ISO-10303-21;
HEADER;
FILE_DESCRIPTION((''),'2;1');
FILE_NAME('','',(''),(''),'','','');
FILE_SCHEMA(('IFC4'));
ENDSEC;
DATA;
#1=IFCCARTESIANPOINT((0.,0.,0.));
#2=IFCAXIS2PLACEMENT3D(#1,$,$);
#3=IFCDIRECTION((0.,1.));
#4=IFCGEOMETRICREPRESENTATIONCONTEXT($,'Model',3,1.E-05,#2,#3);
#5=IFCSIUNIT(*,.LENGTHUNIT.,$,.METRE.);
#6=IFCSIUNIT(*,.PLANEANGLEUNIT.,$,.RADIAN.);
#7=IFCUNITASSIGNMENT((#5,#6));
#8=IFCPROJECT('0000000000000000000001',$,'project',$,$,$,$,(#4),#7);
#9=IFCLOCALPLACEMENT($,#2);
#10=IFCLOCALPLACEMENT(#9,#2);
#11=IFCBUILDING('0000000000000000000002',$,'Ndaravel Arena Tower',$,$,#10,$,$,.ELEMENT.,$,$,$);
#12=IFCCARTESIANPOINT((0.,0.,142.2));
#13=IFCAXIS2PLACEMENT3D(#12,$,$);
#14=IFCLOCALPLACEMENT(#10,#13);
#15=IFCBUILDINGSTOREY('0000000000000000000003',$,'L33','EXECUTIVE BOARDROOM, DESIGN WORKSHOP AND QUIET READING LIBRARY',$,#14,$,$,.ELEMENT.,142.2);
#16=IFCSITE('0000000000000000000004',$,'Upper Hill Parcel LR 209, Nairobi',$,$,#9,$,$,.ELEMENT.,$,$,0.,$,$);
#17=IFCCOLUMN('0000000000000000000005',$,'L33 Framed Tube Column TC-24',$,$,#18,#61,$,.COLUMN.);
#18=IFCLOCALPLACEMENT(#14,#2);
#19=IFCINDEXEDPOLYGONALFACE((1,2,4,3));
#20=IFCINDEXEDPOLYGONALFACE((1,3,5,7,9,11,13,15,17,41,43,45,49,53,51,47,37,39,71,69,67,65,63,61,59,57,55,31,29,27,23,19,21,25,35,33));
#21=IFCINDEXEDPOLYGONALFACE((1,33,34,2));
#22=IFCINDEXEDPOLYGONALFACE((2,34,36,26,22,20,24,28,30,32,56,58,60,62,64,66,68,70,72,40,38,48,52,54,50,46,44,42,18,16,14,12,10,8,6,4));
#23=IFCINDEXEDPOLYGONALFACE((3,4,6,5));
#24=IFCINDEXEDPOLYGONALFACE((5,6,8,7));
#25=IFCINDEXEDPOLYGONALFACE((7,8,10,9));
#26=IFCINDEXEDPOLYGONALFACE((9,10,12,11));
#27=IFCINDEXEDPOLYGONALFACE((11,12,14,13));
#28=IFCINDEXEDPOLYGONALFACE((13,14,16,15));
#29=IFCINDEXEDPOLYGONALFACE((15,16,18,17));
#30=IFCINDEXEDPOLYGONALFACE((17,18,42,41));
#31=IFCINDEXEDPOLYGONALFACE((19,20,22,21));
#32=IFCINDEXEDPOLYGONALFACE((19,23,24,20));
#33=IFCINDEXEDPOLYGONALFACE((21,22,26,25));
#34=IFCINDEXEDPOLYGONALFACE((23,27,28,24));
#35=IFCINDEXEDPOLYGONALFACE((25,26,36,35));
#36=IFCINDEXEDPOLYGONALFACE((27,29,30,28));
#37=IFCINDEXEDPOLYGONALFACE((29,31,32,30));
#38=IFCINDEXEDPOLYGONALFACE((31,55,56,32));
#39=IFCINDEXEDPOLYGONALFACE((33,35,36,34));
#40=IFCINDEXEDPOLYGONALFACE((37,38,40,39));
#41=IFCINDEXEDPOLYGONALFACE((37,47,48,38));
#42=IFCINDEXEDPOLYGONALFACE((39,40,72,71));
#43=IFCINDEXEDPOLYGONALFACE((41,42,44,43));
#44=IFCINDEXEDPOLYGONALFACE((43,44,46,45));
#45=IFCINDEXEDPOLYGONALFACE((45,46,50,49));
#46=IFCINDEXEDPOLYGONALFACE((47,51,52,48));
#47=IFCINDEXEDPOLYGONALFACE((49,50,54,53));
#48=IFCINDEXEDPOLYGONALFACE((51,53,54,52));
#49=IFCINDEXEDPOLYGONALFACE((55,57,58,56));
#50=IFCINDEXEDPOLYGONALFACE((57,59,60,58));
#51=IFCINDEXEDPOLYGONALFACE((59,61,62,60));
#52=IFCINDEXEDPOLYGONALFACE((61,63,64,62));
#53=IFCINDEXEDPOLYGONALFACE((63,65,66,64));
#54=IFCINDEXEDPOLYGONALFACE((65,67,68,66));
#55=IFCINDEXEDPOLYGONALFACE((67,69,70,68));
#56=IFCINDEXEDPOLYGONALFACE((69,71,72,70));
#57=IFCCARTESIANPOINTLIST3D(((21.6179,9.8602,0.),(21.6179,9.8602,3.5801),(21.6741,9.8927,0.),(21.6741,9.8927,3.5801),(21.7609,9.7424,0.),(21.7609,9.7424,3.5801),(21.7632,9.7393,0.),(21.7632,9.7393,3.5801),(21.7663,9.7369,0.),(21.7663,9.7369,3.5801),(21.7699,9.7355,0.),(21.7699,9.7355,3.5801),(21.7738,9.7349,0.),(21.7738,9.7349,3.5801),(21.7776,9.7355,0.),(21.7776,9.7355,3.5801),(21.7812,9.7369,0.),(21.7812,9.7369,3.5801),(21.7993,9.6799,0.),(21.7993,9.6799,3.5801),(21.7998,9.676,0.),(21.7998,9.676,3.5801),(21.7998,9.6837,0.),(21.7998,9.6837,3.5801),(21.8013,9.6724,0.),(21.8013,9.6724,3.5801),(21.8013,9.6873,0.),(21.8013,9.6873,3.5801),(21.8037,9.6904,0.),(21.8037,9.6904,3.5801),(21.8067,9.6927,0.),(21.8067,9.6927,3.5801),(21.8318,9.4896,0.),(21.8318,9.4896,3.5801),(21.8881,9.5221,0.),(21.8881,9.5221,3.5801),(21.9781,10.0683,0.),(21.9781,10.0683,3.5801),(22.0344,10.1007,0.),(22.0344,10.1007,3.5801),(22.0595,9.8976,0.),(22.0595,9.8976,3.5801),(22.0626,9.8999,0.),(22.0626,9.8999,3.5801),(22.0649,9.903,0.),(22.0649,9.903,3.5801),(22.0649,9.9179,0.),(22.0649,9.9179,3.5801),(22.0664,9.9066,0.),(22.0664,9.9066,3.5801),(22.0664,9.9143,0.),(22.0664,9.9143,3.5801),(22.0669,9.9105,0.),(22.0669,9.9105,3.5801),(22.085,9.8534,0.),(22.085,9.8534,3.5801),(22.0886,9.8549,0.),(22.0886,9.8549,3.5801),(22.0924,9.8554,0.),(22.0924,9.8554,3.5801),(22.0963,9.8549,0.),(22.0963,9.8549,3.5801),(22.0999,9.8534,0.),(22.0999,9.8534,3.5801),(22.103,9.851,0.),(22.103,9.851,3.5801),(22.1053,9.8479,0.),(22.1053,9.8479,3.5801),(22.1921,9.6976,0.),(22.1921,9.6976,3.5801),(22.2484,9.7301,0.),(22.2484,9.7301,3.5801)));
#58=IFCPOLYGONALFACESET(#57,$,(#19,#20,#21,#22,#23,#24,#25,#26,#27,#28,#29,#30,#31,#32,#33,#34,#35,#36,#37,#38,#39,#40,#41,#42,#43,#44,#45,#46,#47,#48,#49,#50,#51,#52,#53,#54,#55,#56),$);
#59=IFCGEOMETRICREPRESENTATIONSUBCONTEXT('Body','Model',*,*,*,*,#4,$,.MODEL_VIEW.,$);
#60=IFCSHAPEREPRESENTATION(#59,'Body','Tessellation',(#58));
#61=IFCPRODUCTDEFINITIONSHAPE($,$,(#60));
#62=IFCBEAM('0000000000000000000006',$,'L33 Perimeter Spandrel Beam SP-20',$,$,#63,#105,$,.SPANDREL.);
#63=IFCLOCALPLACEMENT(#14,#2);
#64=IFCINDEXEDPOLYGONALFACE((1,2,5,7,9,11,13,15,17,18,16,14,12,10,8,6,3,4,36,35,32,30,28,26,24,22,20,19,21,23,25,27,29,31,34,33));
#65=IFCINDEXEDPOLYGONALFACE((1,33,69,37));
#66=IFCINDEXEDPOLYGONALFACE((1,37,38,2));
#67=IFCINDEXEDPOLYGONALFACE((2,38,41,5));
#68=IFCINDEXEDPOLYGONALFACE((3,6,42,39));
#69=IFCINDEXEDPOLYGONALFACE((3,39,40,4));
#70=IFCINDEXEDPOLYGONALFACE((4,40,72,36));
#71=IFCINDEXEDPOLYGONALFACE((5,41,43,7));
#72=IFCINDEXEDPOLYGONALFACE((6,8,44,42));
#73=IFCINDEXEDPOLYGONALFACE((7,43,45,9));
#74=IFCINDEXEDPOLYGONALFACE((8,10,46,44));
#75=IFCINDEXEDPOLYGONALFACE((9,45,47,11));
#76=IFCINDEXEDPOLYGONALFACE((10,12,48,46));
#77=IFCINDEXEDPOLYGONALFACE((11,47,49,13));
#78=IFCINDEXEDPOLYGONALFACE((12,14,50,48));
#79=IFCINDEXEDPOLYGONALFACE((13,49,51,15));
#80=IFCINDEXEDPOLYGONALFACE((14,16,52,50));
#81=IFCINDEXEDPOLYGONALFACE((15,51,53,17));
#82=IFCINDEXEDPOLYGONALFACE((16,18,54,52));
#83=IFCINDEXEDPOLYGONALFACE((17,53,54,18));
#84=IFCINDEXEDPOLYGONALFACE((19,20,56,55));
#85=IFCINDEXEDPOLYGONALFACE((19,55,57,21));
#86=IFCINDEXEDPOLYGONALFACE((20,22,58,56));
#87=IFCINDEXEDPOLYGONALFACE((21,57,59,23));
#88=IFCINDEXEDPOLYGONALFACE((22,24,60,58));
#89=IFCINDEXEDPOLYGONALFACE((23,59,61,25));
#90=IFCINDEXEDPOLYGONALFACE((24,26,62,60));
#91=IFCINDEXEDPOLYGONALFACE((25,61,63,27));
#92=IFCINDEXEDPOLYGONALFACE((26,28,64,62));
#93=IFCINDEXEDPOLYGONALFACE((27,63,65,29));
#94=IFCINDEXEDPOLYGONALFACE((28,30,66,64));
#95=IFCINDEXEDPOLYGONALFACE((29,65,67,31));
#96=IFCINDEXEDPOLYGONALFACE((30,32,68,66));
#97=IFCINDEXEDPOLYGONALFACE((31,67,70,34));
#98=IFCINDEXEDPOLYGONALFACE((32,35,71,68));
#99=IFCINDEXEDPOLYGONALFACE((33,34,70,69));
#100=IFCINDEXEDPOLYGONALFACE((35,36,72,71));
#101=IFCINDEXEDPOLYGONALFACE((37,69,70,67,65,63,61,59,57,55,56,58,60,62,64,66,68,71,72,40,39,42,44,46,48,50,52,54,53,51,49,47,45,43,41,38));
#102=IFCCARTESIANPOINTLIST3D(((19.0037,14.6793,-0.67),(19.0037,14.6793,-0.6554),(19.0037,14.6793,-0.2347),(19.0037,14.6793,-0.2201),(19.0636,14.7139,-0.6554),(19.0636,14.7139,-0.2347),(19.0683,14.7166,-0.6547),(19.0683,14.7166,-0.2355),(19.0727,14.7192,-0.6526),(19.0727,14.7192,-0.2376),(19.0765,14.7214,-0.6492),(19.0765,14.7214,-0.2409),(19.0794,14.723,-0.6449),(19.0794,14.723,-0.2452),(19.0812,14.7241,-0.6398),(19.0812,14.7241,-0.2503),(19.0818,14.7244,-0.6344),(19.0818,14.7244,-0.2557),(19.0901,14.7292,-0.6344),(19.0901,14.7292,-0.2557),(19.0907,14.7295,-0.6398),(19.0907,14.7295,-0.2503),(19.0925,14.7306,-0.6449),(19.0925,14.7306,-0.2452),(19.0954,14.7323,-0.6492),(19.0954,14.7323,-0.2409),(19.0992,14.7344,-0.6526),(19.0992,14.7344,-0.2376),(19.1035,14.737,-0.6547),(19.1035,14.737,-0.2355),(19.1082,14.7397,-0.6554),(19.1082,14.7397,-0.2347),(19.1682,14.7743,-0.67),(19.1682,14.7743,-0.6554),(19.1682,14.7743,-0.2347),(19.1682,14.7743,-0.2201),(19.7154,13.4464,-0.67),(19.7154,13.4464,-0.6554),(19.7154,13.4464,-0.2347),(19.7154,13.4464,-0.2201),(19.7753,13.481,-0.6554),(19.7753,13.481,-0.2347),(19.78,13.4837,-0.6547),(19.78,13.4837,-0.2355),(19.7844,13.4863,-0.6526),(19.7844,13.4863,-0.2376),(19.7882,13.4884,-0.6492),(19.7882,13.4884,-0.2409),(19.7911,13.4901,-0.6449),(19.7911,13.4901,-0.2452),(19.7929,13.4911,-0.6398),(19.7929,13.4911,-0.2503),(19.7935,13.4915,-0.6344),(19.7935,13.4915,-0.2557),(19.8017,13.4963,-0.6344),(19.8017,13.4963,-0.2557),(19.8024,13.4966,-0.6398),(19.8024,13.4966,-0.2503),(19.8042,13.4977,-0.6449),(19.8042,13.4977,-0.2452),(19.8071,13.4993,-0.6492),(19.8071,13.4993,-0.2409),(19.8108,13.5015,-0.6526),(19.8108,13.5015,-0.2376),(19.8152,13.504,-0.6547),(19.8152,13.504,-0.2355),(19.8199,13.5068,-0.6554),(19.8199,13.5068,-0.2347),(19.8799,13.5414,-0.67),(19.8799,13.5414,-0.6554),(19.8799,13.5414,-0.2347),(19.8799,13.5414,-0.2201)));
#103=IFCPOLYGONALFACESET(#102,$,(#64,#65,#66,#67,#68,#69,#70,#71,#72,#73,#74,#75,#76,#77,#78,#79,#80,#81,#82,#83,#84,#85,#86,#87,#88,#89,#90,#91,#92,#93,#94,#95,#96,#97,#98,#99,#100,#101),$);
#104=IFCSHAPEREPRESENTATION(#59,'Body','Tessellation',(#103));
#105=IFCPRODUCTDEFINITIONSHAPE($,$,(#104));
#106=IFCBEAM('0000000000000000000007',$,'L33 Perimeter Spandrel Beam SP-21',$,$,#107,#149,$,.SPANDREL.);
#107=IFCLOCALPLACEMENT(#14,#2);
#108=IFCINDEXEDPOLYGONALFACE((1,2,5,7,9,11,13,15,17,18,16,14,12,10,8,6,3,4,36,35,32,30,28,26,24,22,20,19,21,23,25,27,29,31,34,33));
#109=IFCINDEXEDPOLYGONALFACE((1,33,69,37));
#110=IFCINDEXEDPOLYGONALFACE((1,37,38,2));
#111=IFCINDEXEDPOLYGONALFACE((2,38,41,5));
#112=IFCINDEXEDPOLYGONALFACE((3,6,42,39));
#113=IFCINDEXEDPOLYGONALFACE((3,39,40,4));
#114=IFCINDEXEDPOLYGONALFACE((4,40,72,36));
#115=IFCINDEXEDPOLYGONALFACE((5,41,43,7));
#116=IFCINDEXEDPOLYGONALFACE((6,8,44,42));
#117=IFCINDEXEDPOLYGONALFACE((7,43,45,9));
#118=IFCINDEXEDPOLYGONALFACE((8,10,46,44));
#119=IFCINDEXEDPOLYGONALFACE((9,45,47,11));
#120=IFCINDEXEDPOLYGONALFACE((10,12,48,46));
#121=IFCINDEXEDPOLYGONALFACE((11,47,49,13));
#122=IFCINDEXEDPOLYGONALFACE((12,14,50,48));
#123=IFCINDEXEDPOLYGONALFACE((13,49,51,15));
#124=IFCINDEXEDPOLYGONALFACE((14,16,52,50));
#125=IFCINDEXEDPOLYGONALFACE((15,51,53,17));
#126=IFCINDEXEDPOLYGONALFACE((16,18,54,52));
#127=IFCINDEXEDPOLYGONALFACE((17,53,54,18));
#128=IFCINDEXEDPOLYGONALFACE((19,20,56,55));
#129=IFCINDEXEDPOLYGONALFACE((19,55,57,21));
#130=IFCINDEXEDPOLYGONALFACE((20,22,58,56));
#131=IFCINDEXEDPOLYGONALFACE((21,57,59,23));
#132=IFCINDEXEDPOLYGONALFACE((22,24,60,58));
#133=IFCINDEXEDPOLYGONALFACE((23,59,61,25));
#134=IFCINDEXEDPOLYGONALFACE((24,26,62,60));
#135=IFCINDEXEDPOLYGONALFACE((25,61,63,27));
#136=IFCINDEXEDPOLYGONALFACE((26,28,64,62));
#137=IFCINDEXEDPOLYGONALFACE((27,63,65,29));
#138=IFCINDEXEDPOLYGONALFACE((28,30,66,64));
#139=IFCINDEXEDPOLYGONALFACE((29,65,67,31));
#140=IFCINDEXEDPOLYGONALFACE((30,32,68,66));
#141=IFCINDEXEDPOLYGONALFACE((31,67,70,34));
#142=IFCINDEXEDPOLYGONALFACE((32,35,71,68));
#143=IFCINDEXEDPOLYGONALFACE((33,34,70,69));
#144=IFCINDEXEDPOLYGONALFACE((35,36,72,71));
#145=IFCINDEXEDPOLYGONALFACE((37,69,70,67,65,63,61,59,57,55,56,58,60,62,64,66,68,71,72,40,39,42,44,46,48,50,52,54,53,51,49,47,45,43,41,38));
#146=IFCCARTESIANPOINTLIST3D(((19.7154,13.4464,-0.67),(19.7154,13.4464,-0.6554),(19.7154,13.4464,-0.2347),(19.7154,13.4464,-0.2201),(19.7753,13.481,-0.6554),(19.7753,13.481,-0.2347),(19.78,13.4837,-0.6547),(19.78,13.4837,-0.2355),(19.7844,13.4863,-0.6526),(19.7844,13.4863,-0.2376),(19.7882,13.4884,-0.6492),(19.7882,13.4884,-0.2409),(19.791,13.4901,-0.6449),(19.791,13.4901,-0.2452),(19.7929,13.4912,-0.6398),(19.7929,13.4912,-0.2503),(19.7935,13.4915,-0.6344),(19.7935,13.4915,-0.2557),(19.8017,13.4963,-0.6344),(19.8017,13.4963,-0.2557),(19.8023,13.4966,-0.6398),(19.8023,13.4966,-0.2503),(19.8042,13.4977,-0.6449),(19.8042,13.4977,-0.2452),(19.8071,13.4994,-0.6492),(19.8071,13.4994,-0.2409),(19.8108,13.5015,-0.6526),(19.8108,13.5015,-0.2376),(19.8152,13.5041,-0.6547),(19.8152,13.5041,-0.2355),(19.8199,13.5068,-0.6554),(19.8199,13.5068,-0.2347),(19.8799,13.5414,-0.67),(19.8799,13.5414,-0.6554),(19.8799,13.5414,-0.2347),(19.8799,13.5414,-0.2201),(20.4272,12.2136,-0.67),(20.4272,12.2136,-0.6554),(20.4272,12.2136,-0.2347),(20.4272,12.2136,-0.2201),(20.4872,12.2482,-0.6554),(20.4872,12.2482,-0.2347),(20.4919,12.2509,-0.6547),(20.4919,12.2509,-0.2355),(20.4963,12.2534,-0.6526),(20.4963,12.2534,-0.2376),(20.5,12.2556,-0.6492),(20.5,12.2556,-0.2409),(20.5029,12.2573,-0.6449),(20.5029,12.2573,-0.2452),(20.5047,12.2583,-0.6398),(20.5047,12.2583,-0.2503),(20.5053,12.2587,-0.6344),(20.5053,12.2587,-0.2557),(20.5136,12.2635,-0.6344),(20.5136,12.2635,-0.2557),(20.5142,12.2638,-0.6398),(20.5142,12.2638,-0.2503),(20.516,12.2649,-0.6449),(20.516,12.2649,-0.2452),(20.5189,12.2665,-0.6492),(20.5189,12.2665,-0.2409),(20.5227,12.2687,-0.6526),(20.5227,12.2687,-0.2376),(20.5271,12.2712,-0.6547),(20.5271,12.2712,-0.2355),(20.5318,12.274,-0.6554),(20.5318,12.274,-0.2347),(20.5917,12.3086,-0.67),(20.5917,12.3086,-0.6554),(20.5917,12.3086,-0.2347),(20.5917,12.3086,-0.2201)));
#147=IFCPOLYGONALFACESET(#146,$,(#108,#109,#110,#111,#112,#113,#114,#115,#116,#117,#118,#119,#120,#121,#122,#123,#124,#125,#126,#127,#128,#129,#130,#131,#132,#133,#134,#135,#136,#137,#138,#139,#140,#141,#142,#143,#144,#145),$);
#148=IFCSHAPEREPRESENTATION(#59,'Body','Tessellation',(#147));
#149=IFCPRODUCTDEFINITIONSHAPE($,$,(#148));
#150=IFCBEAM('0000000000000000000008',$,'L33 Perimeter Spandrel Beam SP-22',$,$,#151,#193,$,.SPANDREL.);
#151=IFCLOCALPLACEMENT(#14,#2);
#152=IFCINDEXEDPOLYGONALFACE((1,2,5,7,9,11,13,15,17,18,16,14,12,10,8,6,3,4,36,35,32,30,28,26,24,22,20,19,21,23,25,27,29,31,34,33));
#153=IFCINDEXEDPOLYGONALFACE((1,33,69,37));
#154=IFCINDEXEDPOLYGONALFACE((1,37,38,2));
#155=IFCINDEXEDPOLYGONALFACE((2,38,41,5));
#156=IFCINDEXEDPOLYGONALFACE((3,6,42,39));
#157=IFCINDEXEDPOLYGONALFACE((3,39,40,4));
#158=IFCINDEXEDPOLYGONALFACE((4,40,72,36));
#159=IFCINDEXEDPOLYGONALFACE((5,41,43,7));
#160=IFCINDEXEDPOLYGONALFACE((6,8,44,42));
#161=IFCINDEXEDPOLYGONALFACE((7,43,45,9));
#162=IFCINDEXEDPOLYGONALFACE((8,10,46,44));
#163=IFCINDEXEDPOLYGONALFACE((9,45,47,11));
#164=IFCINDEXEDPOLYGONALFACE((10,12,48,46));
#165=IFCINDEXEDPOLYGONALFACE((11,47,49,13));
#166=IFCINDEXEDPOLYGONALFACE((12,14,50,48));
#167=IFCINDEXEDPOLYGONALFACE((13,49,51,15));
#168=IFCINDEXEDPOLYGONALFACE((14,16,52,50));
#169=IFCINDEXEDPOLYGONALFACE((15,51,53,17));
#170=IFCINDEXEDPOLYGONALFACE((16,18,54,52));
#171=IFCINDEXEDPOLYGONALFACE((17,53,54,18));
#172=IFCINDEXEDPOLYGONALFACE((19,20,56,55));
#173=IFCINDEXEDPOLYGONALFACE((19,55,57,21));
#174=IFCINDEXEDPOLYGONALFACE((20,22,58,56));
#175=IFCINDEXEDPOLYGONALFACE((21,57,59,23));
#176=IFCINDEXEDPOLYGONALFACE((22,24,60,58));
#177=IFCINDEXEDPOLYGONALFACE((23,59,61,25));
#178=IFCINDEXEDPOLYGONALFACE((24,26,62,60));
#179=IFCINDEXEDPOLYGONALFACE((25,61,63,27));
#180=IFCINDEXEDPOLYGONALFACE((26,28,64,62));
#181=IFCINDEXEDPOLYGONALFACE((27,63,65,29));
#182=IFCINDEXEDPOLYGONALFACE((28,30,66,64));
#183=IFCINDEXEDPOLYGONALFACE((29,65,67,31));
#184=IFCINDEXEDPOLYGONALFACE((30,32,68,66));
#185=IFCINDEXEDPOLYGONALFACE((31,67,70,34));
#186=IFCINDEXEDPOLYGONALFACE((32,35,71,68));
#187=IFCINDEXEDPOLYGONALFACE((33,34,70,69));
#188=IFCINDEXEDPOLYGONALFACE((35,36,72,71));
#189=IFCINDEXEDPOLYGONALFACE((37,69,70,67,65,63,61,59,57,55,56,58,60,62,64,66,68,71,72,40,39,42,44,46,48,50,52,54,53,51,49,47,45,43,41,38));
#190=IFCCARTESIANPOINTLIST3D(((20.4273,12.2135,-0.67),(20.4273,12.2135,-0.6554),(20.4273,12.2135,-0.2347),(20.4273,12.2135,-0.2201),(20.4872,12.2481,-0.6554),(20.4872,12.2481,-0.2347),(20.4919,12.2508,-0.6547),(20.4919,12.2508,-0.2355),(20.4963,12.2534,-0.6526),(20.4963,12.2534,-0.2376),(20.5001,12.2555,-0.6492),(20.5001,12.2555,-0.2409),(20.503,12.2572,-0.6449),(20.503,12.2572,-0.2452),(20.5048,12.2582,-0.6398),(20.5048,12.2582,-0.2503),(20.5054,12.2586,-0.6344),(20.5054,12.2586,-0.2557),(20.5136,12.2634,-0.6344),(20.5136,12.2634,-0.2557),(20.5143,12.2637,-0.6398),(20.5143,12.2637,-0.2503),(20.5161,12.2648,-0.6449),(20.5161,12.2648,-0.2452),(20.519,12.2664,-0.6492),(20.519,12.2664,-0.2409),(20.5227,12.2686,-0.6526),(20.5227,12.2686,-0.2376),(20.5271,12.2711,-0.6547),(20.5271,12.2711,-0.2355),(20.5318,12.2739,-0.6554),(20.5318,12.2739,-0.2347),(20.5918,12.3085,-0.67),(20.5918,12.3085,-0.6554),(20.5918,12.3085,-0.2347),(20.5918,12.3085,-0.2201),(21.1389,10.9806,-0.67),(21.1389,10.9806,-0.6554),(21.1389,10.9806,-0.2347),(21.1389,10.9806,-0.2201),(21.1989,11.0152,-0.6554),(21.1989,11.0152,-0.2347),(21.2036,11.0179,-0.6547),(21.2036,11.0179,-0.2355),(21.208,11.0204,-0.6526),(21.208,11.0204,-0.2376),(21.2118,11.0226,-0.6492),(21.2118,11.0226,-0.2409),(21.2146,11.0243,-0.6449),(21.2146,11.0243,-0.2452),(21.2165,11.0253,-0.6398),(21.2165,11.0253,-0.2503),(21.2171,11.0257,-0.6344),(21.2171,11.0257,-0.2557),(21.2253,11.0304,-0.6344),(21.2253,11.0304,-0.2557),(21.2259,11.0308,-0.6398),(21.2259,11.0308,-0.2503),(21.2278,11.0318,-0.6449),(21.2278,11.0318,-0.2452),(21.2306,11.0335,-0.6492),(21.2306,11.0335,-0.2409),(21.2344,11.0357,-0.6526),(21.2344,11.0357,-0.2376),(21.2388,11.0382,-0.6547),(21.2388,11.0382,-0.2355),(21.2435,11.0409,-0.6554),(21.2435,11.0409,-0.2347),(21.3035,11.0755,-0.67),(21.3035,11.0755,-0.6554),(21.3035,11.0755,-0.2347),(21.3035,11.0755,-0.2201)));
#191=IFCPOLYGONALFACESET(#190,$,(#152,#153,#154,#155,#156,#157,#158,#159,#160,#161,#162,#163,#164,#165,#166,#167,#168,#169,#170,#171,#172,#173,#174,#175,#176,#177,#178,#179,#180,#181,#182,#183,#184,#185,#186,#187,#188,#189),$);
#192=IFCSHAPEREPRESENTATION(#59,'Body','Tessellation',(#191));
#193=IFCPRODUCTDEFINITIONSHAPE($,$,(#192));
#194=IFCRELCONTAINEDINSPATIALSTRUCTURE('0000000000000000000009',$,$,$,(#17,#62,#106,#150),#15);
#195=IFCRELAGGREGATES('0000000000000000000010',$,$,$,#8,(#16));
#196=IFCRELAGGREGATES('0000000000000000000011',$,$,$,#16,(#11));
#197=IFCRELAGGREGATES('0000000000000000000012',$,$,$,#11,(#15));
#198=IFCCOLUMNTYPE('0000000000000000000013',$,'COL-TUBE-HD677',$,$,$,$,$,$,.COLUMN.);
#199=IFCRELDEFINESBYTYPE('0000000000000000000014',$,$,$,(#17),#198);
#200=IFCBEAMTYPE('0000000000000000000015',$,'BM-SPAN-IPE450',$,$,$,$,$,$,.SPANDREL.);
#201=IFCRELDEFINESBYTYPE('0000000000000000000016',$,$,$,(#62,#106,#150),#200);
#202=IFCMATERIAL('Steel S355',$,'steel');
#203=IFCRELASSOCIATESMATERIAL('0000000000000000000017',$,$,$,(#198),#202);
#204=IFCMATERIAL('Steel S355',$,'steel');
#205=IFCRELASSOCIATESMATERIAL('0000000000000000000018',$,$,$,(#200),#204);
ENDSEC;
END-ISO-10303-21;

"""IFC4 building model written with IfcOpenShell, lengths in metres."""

from ifc_helpers import new_model, si_unit, direction, frame, origin, origin_2d, place, context, subcontext, project, spatial, i_section, extrude, material, material_profile, profile_set, type_object, element, save


model = new_model("IFC4")

# Units and contexts
model_context = context("Model", 3, precision=1e-05, world=origin(), true_north=direction((0.0, 1.0)))
body_context = subcontext(model_context, "Body", "Model", "MODEL_VIEW")
ifc_project = project(units=[si_unit("LENGTHUNIT", "METRE"), si_unit("PLANEANGLEUNIT", "RADIAN")], contexts=[model_context])

# Site, building, storey
site_placement = place(None, origin())
site = spatial("IfcSite", under=ifc_project, at=site_placement, Name="Upper Hill Parcel LR 209, Nairobi", CompositionType="ELEMENT", RefElevation=0.0)
building_placement = place(site_placement, origin())
building = spatial("IfcBuilding", under=site, at=building_placement, Name="Ndaravel Arena Tower", CompositionType="ELEMENT")
storey_placement = place(building_placement, frame((0.0, 0.0, 142.2)))
storey = spatial("IfcBuildingStorey", under=building, at=storey_placement, Name="L33", Description="EXECUTIVE BOARDROOM, DESIGN WORKSHOP AND QUIET READING LIBRARY", CompositionType="ELEMENT", Elevation=142.2)

# Column
ifc_material_1 = material(Name="Steel S355", Category="steel")
ifc_material_profile_1 = material_profile(ifc_material_1, i_section(OverallWidth=0.428, OverallDepth=0.481, WebThickness=0.051, FlangeThickness=0.0649, FilletRadius=0.0149, at=origin_2d()), Name="HD 400x677")
ifc_profile_set_1 = profile_set([ifc_material_profile_1], Name="Steel S355")
column_type = type_object("IfcColumnType", Name="COL-TUBE-HD677", PredefinedType="COLUMN", material=ifc_profile_set_1)
for number, where, z_axis, x_axis, name in (
    (1, (21.9331, 9.7952, 0.0), (0.0, 0.0, 1.0), (-0.5, 0.866025, 0.0), "L33 Framed Tube Column TC-24"),
):
    element("IfcColumn", number, at=place(storey_placement, frame(where, z_axis=z_axis, x_axis=x_axis)), inside=storey, type_object=column_type, Name=name, PredefinedType="COLUMN", context=body_context, shape_type="SweptSolid", body=[
        extrude(i_section(OverallWidth=0.428, OverallDepth=0.481, WebThickness=0.051, FlangeThickness=0.0649, FilletRadius=0.0149, at=origin_2d()), origin(), (0.0, 0.0, 1.0), 3.5801),
    ])

# Beams
ifc_material_2 = material(Name="Steel S355", Category="steel")
ifc_material_profile_2 = material_profile(ifc_material_2, i_section(OverallWidth=0.1899, OverallDepth=0.45, WebThickness=0.0095, FlangeThickness=0.0146, FilletRadius=0.021, at=origin_2d()), Name="IPE 450")
ifc_profile_set_2 = profile_set([ifc_material_profile_2], Name="Steel S355")
beam_type = type_object("IfcBeamType", Name="BM-SPAN-IPE450", PredefinedType="SPANDREL", material=ifc_profile_set_2)
for number, where, z_axis, x_axis, name in (
    (2, (19.0859, 14.7268, -0.4451), (0.49992, -0.866071, 0.0), (0.866071, 0.49992, 0.0), "L33 Perimeter Spandrel Beam SP-20"),
    (3, (19.7976, 13.4939, -0.4451), (0.500049, -0.865997, 0.0), (0.865997, 0.500049, 0.0), "L33 Perimeter Spandrel Beam SP-21"),
    (4, (20.5095, 12.261, -0.4451), (0.49992, -0.866071, 0.0), (0.866071, 0.49992, 0.0), "L33 Perimeter Spandrel Beam SP-22"),
):
    element("IfcBeam", number, at=place(storey_placement, frame(where, z_axis=z_axis, x_axis=x_axis)), inside=storey, type_object=beam_type, Name=name, PredefinedType="SPANDREL", context=body_context, shape_type="SweptSolid", body=[
        extrude(i_section(OverallWidth=0.1899, OverallDepth=0.45, WebThickness=0.0095, FlangeThickness=0.0146, FilletRadius=0.021, at=origin_2d()), origin(), (0.0, 0.0, 1.0), 1.4236),
    ])

save(model, "model.ifc")
